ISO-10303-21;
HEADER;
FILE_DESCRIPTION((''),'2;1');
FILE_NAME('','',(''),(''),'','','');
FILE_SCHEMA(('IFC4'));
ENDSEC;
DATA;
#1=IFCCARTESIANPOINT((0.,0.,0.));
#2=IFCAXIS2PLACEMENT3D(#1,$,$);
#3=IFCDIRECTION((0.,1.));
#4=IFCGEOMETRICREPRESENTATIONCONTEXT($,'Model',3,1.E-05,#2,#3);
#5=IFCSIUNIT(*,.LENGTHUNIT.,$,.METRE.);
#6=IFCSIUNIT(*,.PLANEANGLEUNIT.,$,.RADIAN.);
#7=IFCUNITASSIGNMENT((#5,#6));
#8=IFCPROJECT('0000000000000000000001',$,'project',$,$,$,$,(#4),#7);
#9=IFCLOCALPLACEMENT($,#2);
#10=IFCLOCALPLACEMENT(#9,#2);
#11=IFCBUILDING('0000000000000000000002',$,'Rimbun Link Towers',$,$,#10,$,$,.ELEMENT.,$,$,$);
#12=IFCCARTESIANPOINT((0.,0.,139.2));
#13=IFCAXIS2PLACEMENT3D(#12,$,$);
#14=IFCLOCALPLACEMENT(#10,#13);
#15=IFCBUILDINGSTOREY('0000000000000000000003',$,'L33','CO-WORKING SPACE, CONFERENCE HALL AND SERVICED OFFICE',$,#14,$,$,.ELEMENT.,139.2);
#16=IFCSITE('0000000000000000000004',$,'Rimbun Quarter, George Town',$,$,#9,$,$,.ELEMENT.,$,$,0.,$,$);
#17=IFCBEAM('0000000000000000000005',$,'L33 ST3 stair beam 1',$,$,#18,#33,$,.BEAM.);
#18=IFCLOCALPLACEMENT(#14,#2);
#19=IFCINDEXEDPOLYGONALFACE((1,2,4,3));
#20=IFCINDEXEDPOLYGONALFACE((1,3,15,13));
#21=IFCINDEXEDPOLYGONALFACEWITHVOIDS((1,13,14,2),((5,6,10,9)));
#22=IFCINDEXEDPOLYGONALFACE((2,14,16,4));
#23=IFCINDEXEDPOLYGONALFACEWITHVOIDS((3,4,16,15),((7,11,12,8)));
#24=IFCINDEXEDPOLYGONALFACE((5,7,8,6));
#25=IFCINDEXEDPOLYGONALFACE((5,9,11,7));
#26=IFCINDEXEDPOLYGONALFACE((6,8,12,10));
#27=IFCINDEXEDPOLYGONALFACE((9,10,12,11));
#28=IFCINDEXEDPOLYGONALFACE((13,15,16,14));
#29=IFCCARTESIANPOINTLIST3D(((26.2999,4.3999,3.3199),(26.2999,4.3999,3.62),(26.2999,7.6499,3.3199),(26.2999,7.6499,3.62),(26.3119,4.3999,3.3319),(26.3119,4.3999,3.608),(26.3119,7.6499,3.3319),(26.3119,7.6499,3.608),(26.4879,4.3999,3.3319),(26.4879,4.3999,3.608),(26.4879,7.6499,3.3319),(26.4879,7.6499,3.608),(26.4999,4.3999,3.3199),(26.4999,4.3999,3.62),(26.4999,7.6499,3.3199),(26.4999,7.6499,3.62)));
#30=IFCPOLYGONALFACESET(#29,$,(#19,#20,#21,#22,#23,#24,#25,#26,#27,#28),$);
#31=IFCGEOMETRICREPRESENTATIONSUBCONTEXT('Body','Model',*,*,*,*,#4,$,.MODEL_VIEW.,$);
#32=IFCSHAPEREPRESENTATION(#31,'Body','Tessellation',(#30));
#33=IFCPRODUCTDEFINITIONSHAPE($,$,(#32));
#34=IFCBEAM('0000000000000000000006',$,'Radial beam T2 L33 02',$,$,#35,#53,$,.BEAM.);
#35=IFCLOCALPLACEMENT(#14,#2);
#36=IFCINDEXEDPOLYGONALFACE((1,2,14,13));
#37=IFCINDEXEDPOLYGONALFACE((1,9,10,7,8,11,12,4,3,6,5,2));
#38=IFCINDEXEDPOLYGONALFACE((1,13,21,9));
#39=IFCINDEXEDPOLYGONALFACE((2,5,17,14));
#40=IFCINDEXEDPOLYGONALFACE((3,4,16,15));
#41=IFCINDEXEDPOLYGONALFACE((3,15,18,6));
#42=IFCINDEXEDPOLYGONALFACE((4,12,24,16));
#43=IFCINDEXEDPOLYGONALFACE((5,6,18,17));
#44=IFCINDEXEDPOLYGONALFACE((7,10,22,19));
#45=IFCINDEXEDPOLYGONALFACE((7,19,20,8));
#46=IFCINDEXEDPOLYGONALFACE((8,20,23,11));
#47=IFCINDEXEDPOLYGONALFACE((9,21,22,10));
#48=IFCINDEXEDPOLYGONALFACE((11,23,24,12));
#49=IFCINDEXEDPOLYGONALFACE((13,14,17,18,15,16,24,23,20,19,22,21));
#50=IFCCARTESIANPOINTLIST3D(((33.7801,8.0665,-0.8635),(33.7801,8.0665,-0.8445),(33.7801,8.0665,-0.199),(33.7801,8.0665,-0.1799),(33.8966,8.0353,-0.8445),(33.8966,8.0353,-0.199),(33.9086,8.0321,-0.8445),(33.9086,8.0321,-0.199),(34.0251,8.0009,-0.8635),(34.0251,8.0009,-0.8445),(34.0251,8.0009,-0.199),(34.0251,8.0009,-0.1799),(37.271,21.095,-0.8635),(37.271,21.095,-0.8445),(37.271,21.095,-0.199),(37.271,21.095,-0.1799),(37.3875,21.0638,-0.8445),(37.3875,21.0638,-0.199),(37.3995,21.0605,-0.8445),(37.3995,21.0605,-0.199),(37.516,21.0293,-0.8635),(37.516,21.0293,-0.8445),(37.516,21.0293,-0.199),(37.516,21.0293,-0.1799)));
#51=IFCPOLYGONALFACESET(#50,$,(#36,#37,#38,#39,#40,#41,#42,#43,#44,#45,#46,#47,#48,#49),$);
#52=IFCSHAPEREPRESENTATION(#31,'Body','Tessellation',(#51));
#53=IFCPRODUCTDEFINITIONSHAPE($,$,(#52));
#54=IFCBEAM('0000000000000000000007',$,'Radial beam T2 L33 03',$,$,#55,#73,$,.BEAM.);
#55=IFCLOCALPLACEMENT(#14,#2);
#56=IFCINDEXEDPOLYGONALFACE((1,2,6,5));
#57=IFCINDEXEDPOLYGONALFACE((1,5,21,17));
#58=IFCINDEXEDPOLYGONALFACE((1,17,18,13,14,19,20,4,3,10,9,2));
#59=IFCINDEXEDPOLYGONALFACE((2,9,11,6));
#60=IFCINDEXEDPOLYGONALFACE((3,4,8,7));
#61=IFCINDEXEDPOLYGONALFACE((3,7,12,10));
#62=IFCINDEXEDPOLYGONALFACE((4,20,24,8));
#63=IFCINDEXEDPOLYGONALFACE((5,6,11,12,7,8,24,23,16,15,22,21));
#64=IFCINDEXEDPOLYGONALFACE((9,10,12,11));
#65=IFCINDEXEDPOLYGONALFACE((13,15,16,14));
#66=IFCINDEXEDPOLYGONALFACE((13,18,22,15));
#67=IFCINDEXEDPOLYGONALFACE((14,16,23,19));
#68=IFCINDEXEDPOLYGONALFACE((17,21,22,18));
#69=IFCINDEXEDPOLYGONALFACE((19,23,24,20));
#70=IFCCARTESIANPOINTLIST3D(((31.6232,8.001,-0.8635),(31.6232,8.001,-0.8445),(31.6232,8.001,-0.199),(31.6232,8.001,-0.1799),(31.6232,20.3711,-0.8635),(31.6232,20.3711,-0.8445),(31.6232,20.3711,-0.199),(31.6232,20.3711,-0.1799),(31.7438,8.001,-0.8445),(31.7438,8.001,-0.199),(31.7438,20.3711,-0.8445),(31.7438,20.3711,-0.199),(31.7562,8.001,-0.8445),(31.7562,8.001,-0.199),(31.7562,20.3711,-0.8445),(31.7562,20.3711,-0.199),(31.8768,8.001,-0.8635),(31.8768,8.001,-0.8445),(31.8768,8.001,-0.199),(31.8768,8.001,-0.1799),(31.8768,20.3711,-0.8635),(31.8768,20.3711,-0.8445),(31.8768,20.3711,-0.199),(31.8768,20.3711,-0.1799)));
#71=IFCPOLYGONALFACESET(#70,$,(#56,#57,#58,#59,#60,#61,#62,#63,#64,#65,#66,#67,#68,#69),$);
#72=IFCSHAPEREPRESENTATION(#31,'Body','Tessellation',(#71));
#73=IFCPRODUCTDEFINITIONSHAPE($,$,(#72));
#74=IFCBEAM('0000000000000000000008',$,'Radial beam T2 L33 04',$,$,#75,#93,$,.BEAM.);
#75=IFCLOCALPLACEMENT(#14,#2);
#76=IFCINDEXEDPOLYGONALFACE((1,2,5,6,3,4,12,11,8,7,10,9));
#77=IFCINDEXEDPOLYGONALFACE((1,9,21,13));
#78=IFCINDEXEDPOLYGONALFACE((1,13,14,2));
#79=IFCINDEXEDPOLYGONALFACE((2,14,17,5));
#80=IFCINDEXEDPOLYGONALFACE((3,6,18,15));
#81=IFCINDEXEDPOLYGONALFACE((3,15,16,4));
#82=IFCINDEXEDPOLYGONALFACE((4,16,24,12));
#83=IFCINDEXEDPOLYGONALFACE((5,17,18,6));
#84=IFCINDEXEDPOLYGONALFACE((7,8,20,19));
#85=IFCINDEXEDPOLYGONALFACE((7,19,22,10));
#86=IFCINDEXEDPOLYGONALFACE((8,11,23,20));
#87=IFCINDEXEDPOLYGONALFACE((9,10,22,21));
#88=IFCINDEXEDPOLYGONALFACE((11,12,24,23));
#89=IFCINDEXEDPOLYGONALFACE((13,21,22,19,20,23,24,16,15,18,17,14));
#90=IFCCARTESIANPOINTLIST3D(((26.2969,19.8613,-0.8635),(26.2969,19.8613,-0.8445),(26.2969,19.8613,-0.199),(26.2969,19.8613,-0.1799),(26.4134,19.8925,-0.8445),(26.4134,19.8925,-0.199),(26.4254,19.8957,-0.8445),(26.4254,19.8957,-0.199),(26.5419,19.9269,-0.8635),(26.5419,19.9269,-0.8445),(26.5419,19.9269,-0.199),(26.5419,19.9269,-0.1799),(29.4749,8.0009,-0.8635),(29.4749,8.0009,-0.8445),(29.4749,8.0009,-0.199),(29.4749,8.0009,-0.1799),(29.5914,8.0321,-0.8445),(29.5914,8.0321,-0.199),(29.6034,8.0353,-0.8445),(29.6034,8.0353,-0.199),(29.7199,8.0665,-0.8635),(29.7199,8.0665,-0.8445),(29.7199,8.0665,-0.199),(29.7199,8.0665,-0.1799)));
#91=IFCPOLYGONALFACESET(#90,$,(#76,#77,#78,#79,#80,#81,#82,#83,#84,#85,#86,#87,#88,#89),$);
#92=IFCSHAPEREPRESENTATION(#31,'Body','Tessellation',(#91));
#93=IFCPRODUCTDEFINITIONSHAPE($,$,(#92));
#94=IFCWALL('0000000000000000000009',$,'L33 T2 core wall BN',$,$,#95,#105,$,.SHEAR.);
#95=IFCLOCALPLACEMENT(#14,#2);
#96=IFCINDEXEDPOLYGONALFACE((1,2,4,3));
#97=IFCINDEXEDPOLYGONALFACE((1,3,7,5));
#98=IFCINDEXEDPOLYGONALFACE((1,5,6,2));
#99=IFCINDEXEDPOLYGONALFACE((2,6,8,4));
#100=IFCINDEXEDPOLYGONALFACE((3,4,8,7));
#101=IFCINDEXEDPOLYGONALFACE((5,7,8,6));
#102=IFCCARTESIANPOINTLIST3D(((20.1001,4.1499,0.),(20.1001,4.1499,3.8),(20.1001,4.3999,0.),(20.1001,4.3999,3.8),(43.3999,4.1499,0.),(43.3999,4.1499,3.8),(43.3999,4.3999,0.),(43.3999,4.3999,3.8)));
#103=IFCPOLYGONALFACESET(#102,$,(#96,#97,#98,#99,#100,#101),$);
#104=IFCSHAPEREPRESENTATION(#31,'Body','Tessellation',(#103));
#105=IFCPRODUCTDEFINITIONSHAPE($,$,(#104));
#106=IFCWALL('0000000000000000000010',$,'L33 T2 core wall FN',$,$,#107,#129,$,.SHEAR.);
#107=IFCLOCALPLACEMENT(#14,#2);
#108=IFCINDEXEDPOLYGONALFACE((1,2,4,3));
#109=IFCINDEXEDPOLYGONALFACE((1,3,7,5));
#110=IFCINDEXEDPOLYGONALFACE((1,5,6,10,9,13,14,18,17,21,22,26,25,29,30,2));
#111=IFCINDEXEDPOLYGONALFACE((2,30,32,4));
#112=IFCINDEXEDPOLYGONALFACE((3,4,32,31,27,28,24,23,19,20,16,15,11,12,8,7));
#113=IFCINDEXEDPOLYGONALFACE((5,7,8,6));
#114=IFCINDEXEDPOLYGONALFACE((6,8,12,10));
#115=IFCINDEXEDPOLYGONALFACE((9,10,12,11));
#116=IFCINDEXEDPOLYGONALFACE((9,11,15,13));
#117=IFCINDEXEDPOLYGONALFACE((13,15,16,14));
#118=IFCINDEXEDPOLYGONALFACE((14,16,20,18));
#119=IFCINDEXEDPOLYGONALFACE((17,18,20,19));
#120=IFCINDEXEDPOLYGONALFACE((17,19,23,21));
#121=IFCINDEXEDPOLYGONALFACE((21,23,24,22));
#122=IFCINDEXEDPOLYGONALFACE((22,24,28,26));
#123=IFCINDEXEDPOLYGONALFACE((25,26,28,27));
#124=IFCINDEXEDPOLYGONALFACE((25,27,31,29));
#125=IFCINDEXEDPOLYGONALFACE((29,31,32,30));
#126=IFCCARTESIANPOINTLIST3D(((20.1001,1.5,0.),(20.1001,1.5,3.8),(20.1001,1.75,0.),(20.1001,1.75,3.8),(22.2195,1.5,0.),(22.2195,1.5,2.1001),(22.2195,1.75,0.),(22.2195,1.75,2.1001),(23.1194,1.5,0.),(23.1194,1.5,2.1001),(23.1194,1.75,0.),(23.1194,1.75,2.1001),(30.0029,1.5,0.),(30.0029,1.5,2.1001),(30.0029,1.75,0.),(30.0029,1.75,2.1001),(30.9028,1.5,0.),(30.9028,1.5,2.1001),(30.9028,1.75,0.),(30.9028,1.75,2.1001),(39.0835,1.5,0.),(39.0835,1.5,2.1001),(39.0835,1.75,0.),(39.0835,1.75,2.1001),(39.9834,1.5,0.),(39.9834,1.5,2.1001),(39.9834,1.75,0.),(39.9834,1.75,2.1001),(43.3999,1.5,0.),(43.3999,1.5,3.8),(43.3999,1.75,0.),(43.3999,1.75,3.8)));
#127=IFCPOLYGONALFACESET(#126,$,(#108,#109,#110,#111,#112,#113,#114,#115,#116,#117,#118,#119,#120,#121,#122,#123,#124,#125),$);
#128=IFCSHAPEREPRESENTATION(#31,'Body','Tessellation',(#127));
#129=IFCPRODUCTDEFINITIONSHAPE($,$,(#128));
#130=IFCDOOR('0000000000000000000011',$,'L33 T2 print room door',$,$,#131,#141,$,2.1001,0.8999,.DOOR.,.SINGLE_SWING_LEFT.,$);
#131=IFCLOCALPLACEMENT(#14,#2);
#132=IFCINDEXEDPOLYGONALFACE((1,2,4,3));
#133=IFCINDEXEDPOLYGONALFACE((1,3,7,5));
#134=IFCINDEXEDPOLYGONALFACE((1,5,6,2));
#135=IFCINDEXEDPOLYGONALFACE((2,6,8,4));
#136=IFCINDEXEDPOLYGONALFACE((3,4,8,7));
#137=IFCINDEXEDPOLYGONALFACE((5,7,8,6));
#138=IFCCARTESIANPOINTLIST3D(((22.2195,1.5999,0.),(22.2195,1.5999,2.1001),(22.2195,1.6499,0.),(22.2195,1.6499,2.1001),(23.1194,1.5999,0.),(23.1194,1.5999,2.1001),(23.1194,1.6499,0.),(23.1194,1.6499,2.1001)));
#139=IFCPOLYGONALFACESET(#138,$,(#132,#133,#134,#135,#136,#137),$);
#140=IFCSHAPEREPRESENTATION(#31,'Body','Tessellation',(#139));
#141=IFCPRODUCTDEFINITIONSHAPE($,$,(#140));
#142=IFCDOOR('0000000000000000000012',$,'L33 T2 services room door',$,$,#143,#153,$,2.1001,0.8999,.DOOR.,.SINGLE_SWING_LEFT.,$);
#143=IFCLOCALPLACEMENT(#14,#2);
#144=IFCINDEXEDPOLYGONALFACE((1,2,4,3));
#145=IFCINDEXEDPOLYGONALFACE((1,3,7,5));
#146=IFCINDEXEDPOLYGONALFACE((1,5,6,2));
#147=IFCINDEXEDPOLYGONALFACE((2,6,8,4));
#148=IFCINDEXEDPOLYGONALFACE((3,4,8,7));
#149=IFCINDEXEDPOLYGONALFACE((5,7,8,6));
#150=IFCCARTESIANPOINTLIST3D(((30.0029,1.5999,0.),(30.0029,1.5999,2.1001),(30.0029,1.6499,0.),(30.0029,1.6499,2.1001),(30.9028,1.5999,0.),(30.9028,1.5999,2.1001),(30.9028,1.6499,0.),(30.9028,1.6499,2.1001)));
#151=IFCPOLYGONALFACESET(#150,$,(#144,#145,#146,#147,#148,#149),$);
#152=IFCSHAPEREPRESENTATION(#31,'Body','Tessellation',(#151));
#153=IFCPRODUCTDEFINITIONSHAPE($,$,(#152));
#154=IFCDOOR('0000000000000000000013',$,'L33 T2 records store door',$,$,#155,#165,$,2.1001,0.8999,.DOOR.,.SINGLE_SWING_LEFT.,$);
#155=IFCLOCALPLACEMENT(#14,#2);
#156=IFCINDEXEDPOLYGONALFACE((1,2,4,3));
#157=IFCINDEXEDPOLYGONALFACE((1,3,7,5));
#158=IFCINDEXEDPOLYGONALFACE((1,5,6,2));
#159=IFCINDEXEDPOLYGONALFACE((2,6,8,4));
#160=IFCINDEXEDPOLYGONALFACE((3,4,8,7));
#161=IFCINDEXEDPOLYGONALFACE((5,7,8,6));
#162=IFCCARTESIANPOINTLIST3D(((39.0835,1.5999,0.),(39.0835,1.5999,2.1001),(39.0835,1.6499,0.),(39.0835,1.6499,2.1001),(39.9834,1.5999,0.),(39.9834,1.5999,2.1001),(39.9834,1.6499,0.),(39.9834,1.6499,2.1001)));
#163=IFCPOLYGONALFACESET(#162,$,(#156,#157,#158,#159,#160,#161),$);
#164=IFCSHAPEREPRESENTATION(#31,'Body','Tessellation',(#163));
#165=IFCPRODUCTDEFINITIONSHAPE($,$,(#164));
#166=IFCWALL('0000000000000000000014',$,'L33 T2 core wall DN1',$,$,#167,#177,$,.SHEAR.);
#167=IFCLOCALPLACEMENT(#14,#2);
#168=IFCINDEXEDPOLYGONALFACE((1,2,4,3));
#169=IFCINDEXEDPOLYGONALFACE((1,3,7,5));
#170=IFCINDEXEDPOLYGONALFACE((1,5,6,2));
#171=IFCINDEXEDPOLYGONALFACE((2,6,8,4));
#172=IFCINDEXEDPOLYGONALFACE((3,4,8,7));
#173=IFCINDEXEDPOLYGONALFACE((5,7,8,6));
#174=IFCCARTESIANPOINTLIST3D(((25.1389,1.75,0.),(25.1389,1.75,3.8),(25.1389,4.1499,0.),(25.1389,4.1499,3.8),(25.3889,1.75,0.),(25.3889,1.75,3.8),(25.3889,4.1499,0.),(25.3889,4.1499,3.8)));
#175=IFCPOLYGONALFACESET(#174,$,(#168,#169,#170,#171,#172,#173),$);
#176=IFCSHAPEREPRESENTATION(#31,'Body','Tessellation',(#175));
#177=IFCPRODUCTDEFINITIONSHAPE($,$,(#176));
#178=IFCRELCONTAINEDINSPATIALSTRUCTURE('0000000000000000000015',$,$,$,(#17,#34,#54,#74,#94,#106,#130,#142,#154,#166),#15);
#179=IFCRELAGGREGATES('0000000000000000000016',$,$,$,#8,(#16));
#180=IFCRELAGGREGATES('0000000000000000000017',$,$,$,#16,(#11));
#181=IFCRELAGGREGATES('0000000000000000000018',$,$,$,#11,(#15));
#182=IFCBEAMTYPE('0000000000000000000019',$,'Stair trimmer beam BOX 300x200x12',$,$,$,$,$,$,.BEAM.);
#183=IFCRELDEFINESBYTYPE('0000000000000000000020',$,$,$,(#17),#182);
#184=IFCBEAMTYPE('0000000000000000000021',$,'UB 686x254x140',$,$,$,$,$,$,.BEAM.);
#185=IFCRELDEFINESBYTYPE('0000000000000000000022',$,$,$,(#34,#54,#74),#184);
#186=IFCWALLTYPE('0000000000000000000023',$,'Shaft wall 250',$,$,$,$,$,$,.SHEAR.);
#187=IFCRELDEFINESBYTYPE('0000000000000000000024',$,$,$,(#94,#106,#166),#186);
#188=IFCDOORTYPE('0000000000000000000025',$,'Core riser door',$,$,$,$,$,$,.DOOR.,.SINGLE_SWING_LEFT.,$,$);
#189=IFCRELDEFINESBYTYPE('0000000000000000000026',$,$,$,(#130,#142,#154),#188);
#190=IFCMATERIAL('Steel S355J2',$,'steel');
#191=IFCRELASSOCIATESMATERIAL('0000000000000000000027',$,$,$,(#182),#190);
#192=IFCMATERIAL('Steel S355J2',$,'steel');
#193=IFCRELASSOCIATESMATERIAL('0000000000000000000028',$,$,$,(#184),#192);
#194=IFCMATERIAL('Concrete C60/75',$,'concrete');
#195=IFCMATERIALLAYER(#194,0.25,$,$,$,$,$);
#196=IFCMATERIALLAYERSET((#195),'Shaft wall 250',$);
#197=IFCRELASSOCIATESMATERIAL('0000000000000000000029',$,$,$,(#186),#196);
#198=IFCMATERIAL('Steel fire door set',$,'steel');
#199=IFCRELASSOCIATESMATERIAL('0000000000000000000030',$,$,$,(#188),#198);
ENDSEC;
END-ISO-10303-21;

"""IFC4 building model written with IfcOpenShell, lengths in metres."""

from ifc_helpers import new_model, si_unit, direction, frame, frame_2d, origin, origin_2d, place, context, subcontext, project, spatial, rectangle, hollow_rectangle, i_section, extrude, material, layer, layer_set, material_profile, profile_set, type_object, element, fill, save


model = new_model("IFC4")

# Units and contexts
model_context = context("Model", 3, precision=1e-05, world=origin(), true_north=direction((0.0, 1.0)))
body_context = subcontext(model_context, "Body", "Model", "MODEL_VIEW")
ifc_project = project(units=[si_unit("LENGTHUNIT", "METRE"), si_unit("PLANEANGLEUNIT", "RADIAN")], contexts=[model_context])

# Site, building, storey
site_placement = place(None, origin())
site = spatial("IfcSite", under=ifc_project, at=site_placement, Name="Rimbun Quarter, George Town", CompositionType="ELEMENT", RefElevation=0.0)
building_placement = place(site_placement, origin())
building = spatial("IfcBuilding", under=site, at=building_placement, Name="Rimbun Link Towers", CompositionType="ELEMENT")
storey_placement = place(building_placement, frame((0.0, 0.0, 139.2)))
storey = spatial("IfcBuildingStorey", under=building, at=storey_placement, Name="L33", Description="CO-WORKING SPACE, CONFERENCE HALL AND SERVICED OFFICE", CompositionType="ELEMENT", Elevation=139.2)

# Beams
ifc_material_1 = material(Name="Steel S355J2", Category="steel")
ifc_material_profile_1 = material_profile(ifc_material_1, hollow_rectangle(XDim=0.2, YDim=0.3, WallThickness=0.012, at=origin_2d()), Name="BOX 300x200x12")
ifc_profile_set_1 = profile_set([ifc_material_profile_1], Name="Steel S355J2")
beam_type_1 = type_object("IfcBeamType", Name="Stair trimmer beam BOX 300x200x12", PredefinedType="BEAM", material=ifc_profile_set_1)
beam_1_placement = place(storey_placement, frame((26.3999, 7.6499, 3.47), z_axis=(0.0, -1.0, 0.0), x_axis=(1.0, 0.0, 0.0)))
element("IfcBeam", 1, at=beam_1_placement, inside=storey, type_object=beam_type_1, Name="L33 ST3 stair beam 1", PredefinedType="BEAM", context=body_context, shape_type="SweptSolid", body=[
    extrude(hollow_rectangle(XDim=0.2, YDim=0.3, WallThickness=0.012, at=origin_2d()), origin(), (0.0, 0.0, 1.0), 3.25),
])
ifc_material_2 = material(Name="Steel S355J2", Category="steel")
ifc_material_profile_2 = material_profile(ifc_material_2, i_section(OverallWidth=0.2537, OverallDepth=0.6836, WebThickness=0.0125, FlangeThickness=0.019, at=origin_2d()), Name="UB 686x254x140")
ifc_profile_set_2 = profile_set([ifc_material_profile_2], Name="Steel S355J2")
beam_type_2 = type_object("IfcBeamType", Name="UB 686x254x140", PredefinedType="BEAM", material=ifc_profile_set_2)
beam_2_placement = place(storey_placement, frame((33.9026, 8.0337, -0.5217), z_axis=(0.258817, 0.965926, 0.0), x_axis=(-0.965926, 0.258817, 0.0)))
element("IfcBeam", 2, at=beam_2_placement, inside=storey, type_object=beam_type_2, Name="Radial beam T2 L33 02", PredefinedType="BEAM", context=body_context, shape_type="SweptSolid", body=[
    extrude(i_section(OverallWidth=0.2537, OverallDepth=0.6836, WebThickness=0.0125, FlangeThickness=0.019, at=origin_2d()), origin(), (0.0, 0.0, 1.0), 13.488),
])
beam_3_placement = place(storey_placement, frame((31.75, 8.001, -0.5217), z_axis=(0.0, 1.0, 0.0), x_axis=(-1.0, 0.0, 0.0)))
element("IfcBeam", 3, at=beam_3_placement, inside=storey, type_object=beam_type_2, Name="Radial beam T2 L33 03", PredefinedType="BEAM", context=body_context, shape_type="SweptSolid", body=[
    extrude(i_section(OverallWidth=0.2537, OverallDepth=0.6836, WebThickness=0.0125, FlangeThickness=0.019, at=origin_2d()), origin(), (0.0, 0.0, 1.0), 12.3701),
])
beam_4_placement = place(storey_placement, frame((29.5974, 8.0337, -0.5217), z_axis=(-0.25882, 0.965926, 0.0), x_axis=(-0.965926, -0.25882, 0.0)))
element("IfcBeam", 4, at=beam_4_placement, inside=storey, type_object=beam_type_2, Name="Radial beam T2 L33 04", PredefinedType="BEAM", context=body_context, shape_type="SweptSolid", body=[
    extrude(i_section(OverallWidth=0.2537, OverallDepth=0.6836, WebThickness=0.0125, FlangeThickness=0.019, at=origin_2d()), origin(), (0.0, 0.0, 1.0), 12.2788),
])

# Wall
ifc_material_3 = material(Name="Concrete C60/75", Category="concrete")
ifc_layer = layer(ifc_material_3, 0.25)
ifc_layer_set = layer_set([ifc_layer], Name="Shaft wall 250")
wall_type = type_object("IfcWallType", Name="Shaft wall 250", PredefinedType="SHEAR", material=ifc_layer_set)
wall_1_placement = place(storey_placement, frame((20.1001, 4.2749, 0.0), z_axis=(0.0, 0.0, 1.0), x_axis=(1.0, 0.0, 0.0)))
element("IfcWall", 5, at=wall_1_placement, inside=storey, type_object=wall_type, Name="L33 T2 core wall BN", PredefinedType="SHEAR", context=body_context, shape_type="SweptSolid", body=[
    extrude(rectangle(XDim=23.2998, YDim=0.25, at=frame_2d((11.6499, 0.0))), origin(), (0.0, 0.0, 1.0), 3.8),
])

# Wall, openings, doors
wall_2_placement = place(storey_placement, frame((20.1001, 1.625, 0.0), z_axis=(0.0, 0.0, 1.0), x_axis=(1.0, 0.0, 0.0)))
wall_2 = element("IfcWall", 6, at=wall_2_placement, inside=storey, type_object=wall_type, Name="L33 T2 core wall FN", PredefinedType="SHEAR", context=body_context, shape_type="SweptSolid", body=[
    extrude(rectangle(XDim=23.2998, YDim=0.25, at=frame_2d((11.6499, 0.0))), origin(), (0.0, 0.0, 1.0), 3.8),
])
opening_1_placement = place(wall_2_placement, frame((2.1194, 0.0, 0.0)))
opening_1 = element("IfcOpeningElement", 7, at=opening_1_placement, cuts=wall_2, PredefinedType="OPENING", context=body_context, shape_type="SweptSolid", body=[
    extrude(rectangle(XDim=0.8999, YDim=2.1001, at=frame_2d((0.45, 1.05))), frame((0.0, 0.135, 0.0), z_axis=(0.0, -1.0, 0.0), x_axis=(1.0, 0.0, 0.0)), (0.0, 0.0, 1.0), 0.27),
])
opening_2_placement = place(wall_2_placement, frame((9.9028, 0.0, 0.0)))
opening_2 = element("IfcOpeningElement", 8, at=opening_2_placement, cuts=wall_2, PredefinedType="OPENING", context=body_context, shape_type="SweptSolid", body=[
    extrude(rectangle(XDim=0.8999, YDim=2.1001, at=frame_2d((0.45, 1.05))), frame((0.0, 0.135, 0.0), z_axis=(0.0, -1.0, 0.0), x_axis=(1.0, 0.0, 0.0)), (0.0, 0.0, 1.0), 0.27),
])
opening_3_placement = place(wall_2_placement, frame((18.9834, 0.0, 0.0)))
opening_3 = element("IfcOpeningElement", 9, at=opening_3_placement, cuts=wall_2, PredefinedType="OPENING", context=body_context, shape_type="SweptSolid", body=[
    extrude(rectangle(XDim=0.8999, YDim=2.1001, at=frame_2d((0.45, 1.05))), frame((0.0, 0.135, 0.0), z_axis=(0.0, -1.0, 0.0), x_axis=(1.0, 0.0, 0.0)), (0.0, 0.0, 1.0), 0.27),
])
ifc_material_4 = material(Name="Steel fire door set", Category="steel")
door_type_1 = type_object("IfcDoorType", Name="Core riser door", OperationType="SINGLE_SWING_LEFT", PredefinedType="DOOR", material=ifc_material_4)
door_1_placement = place(opening_1_placement, origin())
door_1 = element("IfcDoor", 10, at=door_1_placement, inside=storey, type_object=door_type_1, Name="L33 T2 print room door", OperationType="SINGLE_SWING_LEFT", OverallHeight=2.1001, OverallWidth=0.8999, PredefinedType="DOOR", context=body_context, shape_type="SweptSolid", body=[
    extrude(rectangle(XDim=0.8999, YDim=2.1001, at=frame_2d((0.45, 1.05))), frame((0.0, 0.0249, 0.0), z_axis=(0.0, -1.0, 0.0), x_axis=(1.0, 0.0, 0.0)), (0.0, 0.0, 1.0), 0.05),
])
fill(opening_1, door_1)
door_2_placement = place(opening_2_placement, origin())
door_2 = element("IfcDoor", 11, at=door_2_placement, inside=storey, type_object=door_type_1, Name="L33 T2 services room door", OperationType="SINGLE_SWING_LEFT", OverallHeight=2.1001, OverallWidth=0.8999, PredefinedType="DOOR", context=body_context, shape_type="SweptSolid", body=[
    extrude(rectangle(XDim=0.8999, YDim=2.1001, at=frame_2d((0.45, 1.05))), frame((0.0, 0.0249, 0.0), z_axis=(0.0, -1.0, 0.0), x_axis=(1.0, 0.0, 0.0)), (0.0, 0.0, 1.0), 0.05),
])
fill(opening_2, door_2)
door_3_placement = place(opening_3_placement, origin())
door_3 = element("IfcDoor", 12, at=door_3_placement, inside=storey, type_object=door_type_1, Name="L33 T2 records store door", OperationType="SINGLE_SWING_LEFT", OverallHeight=2.1001, OverallWidth=0.8999, PredefinedType="DOOR", context=body_context, shape_type="SweptSolid", body=[
    extrude(rectangle(XDim=0.8999, YDim=2.1001, at=frame_2d((0.45, 1.05))), frame((0.0, 0.0249, 0.0), z_axis=(0.0, -1.0, 0.0), x_axis=(1.0, 0.0, 0.0)), (0.0, 0.0, 1.0), 0.05),
])
fill(opening_3, door_3)

# Wall
for number, where, z_axis, x_axis, name in (
    (13, (25.2639, 1.75, 0.0), (0.0, 0.0, 1.0), (0.0, 1.0, 0.0), "L33 T2 core wall DN1"),
):
    element("IfcWall", number, at=place(storey_placement, frame(where, z_axis=z_axis, x_axis=x_axis)), inside=storey, type_object=wall_type, Name=name, PredefinedType="SHEAR", context=body_context, shape_type="SweptSolid", body=[
        extrude(rectangle(XDim=2.3999, YDim=0.25, at=frame_2d((1.2, 0.0))), origin(), (0.0, 0.0, 1.0), 3.8),
    ])

save(model, "model.ifc")
